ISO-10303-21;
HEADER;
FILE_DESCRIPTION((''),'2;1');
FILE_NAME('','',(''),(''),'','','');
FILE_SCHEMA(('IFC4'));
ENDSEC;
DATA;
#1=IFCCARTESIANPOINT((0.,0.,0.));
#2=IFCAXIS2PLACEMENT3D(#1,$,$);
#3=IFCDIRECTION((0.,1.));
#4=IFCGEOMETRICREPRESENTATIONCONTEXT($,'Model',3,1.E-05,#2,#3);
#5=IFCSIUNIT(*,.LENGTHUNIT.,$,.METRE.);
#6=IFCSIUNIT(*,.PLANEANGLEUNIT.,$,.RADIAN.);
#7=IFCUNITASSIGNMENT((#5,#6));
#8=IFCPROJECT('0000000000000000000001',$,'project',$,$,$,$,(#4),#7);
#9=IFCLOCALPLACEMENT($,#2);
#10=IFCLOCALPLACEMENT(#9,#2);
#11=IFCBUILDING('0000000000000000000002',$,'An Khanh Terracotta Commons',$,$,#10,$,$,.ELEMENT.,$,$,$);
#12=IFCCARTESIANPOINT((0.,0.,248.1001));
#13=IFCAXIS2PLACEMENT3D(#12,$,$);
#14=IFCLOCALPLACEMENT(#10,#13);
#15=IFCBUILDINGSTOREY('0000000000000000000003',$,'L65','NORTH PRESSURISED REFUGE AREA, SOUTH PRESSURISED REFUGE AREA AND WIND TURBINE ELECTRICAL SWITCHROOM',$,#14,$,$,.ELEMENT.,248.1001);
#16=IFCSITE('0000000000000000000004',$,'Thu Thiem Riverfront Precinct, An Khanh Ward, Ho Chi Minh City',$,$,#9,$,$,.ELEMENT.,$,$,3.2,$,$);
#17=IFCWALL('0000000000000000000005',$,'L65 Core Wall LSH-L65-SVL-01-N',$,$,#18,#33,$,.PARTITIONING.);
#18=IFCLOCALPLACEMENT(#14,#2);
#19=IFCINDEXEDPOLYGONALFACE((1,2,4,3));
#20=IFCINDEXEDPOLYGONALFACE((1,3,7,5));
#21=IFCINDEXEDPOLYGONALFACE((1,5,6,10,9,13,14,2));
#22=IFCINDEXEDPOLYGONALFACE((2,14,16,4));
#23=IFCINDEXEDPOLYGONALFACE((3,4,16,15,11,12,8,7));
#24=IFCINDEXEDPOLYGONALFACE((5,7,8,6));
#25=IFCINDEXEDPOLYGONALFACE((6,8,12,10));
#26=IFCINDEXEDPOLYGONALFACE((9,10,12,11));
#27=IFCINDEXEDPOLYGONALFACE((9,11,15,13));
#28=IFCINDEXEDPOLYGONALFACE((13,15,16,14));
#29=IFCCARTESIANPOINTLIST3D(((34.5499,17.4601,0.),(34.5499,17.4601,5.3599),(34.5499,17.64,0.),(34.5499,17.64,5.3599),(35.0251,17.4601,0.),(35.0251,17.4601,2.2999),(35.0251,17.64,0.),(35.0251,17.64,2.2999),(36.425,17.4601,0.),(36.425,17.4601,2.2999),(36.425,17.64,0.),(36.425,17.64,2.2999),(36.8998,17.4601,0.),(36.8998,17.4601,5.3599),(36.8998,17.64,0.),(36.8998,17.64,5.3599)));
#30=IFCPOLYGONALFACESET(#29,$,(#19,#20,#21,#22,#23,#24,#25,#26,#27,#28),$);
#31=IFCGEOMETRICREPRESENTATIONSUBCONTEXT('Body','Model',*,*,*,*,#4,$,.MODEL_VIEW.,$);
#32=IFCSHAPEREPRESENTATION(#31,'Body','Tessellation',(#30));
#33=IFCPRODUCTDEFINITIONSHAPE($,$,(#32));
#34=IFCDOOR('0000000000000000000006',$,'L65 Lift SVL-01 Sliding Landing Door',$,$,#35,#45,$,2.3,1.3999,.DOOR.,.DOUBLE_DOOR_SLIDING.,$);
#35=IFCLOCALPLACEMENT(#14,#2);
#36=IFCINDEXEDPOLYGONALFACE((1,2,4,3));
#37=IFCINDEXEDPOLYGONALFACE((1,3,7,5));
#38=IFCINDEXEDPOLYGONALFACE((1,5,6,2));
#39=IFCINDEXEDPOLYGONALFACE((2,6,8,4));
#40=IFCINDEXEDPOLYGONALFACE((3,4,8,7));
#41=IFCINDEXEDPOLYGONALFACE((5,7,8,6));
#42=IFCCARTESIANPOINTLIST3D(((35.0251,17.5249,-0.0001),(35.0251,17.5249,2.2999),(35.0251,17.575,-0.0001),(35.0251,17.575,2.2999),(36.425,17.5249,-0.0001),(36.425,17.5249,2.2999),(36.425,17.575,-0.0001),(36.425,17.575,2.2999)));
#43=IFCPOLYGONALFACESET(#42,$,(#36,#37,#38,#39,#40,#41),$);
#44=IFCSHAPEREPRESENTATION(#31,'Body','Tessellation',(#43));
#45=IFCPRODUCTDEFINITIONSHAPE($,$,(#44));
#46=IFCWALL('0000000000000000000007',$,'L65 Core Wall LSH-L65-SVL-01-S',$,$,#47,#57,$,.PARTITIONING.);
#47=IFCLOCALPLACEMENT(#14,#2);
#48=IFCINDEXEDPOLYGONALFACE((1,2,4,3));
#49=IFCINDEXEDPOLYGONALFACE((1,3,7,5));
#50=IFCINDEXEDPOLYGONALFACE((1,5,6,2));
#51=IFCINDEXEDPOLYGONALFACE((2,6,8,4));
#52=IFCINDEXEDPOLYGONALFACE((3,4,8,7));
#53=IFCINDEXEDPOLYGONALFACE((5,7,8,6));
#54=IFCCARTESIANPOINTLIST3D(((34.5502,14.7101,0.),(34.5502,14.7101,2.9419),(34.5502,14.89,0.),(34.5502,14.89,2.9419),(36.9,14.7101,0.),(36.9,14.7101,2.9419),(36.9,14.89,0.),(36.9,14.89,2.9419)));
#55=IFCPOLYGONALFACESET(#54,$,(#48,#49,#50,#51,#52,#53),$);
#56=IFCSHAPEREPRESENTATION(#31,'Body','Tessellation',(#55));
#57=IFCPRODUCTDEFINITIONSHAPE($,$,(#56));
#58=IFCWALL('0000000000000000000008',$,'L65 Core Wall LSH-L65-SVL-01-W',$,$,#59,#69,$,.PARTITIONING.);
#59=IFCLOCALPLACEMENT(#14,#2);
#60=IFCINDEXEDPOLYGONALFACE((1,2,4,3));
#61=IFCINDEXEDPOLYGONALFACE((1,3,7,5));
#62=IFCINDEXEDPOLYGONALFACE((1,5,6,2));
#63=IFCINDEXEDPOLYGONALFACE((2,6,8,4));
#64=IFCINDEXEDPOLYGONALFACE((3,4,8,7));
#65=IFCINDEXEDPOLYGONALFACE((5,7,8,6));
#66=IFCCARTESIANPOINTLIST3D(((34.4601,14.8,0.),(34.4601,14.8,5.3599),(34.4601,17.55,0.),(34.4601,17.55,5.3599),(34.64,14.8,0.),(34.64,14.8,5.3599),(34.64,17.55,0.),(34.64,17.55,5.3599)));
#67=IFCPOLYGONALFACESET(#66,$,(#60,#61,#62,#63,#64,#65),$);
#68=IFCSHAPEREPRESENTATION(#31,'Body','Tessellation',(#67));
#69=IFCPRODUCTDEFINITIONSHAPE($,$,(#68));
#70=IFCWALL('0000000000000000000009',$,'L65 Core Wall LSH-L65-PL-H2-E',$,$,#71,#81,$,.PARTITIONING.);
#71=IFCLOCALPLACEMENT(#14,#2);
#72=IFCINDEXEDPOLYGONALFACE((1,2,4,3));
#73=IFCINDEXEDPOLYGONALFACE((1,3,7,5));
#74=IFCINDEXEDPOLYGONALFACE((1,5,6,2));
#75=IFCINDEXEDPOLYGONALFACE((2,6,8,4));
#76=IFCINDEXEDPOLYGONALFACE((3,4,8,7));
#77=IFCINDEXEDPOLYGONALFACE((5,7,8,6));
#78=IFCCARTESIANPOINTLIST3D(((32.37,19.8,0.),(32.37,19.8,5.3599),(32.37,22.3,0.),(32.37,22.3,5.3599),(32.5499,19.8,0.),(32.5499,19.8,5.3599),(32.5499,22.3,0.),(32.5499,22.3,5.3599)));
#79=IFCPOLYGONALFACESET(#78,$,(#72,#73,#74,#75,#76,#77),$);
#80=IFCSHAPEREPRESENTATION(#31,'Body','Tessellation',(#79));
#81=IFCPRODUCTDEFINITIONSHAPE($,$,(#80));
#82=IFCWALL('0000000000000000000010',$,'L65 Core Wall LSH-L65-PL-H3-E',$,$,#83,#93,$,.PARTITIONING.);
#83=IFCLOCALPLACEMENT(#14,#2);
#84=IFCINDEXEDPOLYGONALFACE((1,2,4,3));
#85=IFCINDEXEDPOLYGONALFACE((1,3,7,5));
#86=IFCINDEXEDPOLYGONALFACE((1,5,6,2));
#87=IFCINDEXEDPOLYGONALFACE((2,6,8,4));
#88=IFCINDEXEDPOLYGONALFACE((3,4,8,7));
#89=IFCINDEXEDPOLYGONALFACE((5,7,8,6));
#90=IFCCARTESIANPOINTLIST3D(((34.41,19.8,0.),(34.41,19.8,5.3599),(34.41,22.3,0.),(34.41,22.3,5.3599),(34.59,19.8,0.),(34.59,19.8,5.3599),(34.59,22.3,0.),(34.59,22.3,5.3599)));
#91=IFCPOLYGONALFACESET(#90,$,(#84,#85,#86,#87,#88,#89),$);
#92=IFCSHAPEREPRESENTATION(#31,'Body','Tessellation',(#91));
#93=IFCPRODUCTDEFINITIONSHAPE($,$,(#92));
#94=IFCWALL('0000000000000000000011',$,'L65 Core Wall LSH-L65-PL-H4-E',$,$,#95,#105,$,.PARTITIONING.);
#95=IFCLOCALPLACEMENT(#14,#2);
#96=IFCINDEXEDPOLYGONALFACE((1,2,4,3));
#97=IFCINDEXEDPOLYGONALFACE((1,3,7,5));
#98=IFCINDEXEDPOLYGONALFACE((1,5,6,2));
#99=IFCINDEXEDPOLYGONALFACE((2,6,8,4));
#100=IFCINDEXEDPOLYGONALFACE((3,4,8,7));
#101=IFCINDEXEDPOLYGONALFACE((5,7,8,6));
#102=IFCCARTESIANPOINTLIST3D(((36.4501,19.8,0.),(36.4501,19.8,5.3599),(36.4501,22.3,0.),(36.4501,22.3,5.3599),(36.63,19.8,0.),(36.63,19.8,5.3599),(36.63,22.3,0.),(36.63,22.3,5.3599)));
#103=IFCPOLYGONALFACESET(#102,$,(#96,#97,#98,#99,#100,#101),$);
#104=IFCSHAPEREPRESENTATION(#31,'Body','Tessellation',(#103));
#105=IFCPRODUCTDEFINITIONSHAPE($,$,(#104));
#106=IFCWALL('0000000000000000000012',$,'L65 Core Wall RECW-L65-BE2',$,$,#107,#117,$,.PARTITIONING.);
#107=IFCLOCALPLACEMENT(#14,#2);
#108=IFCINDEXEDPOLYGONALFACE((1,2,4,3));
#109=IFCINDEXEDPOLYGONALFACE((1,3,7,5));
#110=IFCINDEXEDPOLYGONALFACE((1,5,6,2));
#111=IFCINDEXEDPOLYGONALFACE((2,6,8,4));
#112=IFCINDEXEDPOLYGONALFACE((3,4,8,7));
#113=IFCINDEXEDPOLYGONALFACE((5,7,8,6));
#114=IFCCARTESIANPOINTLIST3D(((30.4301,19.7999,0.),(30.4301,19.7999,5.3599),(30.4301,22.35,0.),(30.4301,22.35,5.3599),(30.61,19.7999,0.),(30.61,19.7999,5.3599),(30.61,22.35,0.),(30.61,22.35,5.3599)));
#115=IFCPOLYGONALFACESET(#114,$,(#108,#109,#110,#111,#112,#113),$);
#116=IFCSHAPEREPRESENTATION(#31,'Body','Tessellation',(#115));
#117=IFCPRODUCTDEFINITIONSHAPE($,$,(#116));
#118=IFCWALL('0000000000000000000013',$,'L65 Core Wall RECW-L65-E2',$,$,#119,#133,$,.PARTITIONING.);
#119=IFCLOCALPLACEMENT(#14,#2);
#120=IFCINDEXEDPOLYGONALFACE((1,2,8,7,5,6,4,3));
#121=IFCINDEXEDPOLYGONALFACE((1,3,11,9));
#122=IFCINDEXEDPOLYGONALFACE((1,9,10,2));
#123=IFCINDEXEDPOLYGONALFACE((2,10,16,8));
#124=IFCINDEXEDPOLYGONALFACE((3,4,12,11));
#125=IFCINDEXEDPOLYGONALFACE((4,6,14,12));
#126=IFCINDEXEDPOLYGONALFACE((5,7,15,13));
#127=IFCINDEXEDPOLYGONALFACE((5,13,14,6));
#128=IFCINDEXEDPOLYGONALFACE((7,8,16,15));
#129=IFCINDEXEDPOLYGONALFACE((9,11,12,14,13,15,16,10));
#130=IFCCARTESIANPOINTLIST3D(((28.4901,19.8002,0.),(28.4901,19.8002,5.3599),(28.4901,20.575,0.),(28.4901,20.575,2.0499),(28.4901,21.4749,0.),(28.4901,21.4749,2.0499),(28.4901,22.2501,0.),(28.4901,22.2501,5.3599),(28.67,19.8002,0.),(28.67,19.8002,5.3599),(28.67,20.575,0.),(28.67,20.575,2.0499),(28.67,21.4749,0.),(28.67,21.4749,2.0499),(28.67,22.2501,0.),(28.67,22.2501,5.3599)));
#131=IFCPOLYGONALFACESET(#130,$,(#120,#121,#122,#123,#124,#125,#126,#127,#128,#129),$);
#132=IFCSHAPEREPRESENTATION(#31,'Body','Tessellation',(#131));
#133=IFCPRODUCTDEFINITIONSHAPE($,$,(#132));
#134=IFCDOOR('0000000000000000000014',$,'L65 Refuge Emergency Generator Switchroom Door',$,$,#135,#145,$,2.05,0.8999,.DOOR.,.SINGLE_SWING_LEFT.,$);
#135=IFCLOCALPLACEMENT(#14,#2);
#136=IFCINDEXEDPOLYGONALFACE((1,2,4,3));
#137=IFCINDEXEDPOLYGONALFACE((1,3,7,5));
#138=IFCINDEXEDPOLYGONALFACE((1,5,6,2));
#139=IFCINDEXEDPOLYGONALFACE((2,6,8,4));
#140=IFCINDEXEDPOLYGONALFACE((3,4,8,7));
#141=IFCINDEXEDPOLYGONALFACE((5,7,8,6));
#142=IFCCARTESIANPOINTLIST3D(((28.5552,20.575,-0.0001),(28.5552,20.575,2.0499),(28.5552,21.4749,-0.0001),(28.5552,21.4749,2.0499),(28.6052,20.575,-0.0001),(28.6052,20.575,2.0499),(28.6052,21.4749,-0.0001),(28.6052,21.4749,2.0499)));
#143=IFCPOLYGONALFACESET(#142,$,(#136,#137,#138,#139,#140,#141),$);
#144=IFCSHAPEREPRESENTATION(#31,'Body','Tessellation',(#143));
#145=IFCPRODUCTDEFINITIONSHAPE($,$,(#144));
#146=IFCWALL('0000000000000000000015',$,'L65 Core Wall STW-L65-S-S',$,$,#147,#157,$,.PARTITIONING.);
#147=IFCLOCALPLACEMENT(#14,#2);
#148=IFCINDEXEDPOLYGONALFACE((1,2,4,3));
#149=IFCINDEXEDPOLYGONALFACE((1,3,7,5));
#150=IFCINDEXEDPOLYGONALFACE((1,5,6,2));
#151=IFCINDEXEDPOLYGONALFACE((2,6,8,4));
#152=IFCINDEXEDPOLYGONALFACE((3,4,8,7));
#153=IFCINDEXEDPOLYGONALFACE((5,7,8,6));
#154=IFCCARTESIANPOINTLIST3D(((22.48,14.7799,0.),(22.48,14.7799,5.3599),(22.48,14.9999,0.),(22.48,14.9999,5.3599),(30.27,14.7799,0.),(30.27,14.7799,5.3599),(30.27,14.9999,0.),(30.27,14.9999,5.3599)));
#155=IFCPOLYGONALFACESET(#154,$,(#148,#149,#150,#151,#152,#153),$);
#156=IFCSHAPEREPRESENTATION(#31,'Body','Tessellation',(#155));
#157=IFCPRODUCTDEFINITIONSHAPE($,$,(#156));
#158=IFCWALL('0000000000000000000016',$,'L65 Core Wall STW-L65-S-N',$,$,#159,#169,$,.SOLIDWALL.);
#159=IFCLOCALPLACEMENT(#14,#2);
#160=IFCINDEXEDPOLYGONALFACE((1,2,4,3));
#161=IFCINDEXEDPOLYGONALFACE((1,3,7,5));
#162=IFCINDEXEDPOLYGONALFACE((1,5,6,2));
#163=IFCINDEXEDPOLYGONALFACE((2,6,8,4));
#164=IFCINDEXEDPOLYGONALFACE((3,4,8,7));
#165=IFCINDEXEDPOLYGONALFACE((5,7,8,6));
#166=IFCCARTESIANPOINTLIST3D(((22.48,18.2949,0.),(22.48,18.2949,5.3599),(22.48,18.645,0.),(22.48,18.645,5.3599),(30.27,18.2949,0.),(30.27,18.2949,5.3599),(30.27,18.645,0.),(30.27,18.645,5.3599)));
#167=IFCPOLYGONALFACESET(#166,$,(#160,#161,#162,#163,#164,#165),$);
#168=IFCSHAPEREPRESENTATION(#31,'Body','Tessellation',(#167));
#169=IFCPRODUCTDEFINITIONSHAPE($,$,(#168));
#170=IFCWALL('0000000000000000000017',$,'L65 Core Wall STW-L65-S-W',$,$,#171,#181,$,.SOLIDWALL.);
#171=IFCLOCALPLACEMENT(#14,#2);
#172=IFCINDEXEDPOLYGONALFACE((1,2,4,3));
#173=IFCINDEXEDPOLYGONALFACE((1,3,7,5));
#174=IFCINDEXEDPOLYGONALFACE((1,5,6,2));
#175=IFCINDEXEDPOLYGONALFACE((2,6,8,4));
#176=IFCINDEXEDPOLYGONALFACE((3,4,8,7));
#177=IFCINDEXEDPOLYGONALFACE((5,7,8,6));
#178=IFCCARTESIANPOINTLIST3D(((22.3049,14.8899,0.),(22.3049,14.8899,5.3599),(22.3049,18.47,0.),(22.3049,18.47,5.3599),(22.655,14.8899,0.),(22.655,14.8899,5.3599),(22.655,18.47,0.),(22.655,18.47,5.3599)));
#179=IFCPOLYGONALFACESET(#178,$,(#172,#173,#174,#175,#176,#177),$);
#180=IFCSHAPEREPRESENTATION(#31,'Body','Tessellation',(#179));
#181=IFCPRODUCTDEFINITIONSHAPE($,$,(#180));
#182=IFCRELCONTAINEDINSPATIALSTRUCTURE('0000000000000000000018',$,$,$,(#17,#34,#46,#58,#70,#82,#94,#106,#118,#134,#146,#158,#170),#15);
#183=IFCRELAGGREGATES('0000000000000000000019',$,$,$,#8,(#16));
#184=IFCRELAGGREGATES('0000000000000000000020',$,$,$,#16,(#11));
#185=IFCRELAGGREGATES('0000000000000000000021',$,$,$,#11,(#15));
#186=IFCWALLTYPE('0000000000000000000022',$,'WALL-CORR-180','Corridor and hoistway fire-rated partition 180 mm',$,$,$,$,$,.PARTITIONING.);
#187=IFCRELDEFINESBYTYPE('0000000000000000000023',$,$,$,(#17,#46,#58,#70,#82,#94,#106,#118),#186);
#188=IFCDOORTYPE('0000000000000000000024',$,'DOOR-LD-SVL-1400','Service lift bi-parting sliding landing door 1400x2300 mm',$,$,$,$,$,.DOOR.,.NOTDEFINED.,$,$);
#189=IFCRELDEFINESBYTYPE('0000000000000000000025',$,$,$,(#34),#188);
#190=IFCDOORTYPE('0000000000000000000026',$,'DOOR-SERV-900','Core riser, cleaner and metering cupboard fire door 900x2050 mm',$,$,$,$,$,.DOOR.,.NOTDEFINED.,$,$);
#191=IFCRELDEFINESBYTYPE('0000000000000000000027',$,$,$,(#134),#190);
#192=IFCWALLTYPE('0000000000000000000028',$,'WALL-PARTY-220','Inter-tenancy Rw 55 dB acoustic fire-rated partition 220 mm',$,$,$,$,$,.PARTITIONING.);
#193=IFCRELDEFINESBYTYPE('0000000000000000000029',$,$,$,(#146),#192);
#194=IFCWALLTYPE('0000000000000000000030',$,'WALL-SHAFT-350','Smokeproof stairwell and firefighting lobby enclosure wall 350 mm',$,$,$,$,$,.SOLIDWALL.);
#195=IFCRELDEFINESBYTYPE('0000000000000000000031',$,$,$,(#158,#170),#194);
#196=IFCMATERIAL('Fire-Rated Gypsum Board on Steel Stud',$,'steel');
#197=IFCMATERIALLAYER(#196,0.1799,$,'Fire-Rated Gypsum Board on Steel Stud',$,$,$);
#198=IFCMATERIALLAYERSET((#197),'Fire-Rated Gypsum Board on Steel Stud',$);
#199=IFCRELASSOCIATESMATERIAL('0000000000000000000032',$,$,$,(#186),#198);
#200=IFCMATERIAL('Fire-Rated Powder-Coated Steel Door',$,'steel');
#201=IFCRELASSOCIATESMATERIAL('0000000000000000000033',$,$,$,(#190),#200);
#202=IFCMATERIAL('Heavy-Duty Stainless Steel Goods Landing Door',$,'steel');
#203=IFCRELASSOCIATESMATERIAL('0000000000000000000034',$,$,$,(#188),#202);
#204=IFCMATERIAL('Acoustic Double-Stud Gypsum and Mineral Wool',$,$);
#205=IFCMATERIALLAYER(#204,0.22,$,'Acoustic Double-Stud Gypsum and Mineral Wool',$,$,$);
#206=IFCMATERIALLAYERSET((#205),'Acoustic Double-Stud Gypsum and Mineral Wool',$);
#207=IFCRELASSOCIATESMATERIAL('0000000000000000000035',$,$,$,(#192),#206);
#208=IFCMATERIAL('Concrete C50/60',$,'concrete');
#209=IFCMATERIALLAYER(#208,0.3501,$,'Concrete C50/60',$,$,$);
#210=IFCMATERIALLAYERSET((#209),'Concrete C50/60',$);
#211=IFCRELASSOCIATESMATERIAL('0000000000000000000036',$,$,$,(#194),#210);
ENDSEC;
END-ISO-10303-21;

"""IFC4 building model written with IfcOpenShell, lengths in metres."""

from ifc_helpers import new_model, si_unit, direction, frame, frame_2d, origin, place, context, subcontext, project, spatial, rectangle, extrude, material, layer, layer_set, type_object, element, fill, save


model = new_model("IFC4")

# Units and contexts
model_context = context("Model", 3, precision=1e-05, world=origin(), true_north=direction((0.0, 1.0)))
body_context = subcontext(model_context, "Body", "Model", "MODEL_VIEW")
ifc_project = project(units=[si_unit("LENGTHUNIT", "METRE"), si_unit("PLANEANGLEUNIT", "RADIAN")], contexts=[model_context])

# Site, building, storey
site_placement = place(None, origin())
site = spatial("IfcSite", under=ifc_project, at=site_placement, Name="Thu Thiem Riverfront Precinct, An Khanh Ward, Ho Chi Minh City", CompositionType="ELEMENT", RefElevation=3.2)
building_placement = place(site_placement, origin())
building = spatial("IfcBuilding", under=site, at=building_placement, Name="An Khanh Terracotta Commons", CompositionType="ELEMENT")
storey_placement = place(building_placement, frame((0.0, 0.0, 248.1001)))
storey = spatial("IfcBuildingStorey", under=building, at=storey_placement, Name="L65", Description="NORTH PRESSURISED REFUGE AREA, SOUTH PRESSURISED REFUGE AREA AND WIND TURBINE ELECTRICAL SWITCHROOM", CompositionType="ELEMENT", Elevation=248.1001)

# Shared definitions
ifc_material_1 = material(Name="Fire-Rated Gypsum Board on Steel Stud", Category="steel")
ifc_layer_1 = layer(ifc_material_1, 0.1799, Name="Fire-Rated Gypsum Board on Steel Stud")
ifc_layer_set_1 = layer_set([ifc_layer_1], Name="Fire-Rated Gypsum Board on Steel Stud")
wall_type_1 = type_object("IfcWallType", Name="WALL-CORR-180", Description="Corridor and hoistway fire-rated partition 180 mm", PredefinedType="PARTITIONING", material=ifc_layer_set_1)
ifc_material_2 = material(Name="Fire-Rated Powder-Coated Steel Door", Category="steel")
door_type_1 = type_object("IfcDoorType", Name="DOOR-SERV-900", Description="Core riser, cleaner and metering cupboard fire door 900x2050 mm", OperationType="NOTDEFINED", PredefinedType="DOOR", material=ifc_material_2)

# Wall, opening, door
wall_1_placement = place(storey_placement, frame((34.55, 17.55, 0.0), z_axis=(0.0, 0.0, 1.0), x_axis=(1.0, 0.0, 0.0)))
wall_1 = element("IfcWall", 1, at=wall_1_placement, inside=storey, type_object=wall_type_1, Name="L65 Core Wall LSH-L65-SVL-01-N", PredefinedType="PARTITIONING", context=body_context, shape_type="SweptSolid", body=[
    extrude(rectangle(XDim=2.3499, YDim=0.1799, at=frame_2d((1.1748, 0.0))), origin(), (0.0, 0.0, 1.0), 5.3599),
])
opening_1_placement = place(wall_1_placement, frame((0.4751, 0.0, 0.0)))
opening_1 = element("IfcOpeningElement", 2, at=opening_1_placement, cuts=wall_1, PredefinedType="OPENING", context=body_context, shape_type="SweptSolid", body=[
    extrude(rectangle(XDim=1.3999, YDim=2.3, at=frame_2d((0.7, 1.1499))), frame((0.0, 0.0999, 0.0), z_axis=(0.0, -1.0, 0.0), x_axis=(1.0, 0.0, 0.0)), (0.0, 0.0, 1.0), 0.2),
])
ifc_material_3 = material(Name="Heavy-Duty Stainless Steel Goods Landing Door", Category="steel")
door_type_2 = type_object("IfcDoorType", Name="DOOR-LD-SVL-1400", Description="Service lift bi-parting sliding landing door 1400x2300 mm", OperationType="NOTDEFINED", PredefinedType="DOOR", material=ifc_material_3)
door_1_placement = place(opening_1_placement, origin())
door_1 = element("IfcDoor", 3, at=door_1_placement, inside=storey, type_object=door_type_2, Name="L65 Lift SVL-01 Sliding Landing Door", OperationType="DOUBLE_DOOR_SLIDING", OverallHeight=2.3, OverallWidth=1.3999, PredefinedType="DOOR", context=body_context, shape_type="SweptSolid", body=[
    extrude(rectangle(XDim=1.3999, YDim=2.3, at=frame_2d((0.7, 1.1499))), frame((0.0, 0.0249, 0.0), z_axis=(0.0, -1.0, 0.0), x_axis=(1.0, 0.0, 0.0)), (0.0, 0.0, 1.0), 0.05),
])
fill(opening_1, door_1)

# Walls
wall_2_placement = place(storey_placement, frame((36.8999, 14.8, 0.0), z_axis=(0.0, 0.0, 1.0), x_axis=(-1.0, 0.0, 0.0)))
element("IfcWall", 4, at=wall_2_placement, inside=storey, type_object=wall_type_1, Name="L65 Core Wall LSH-L65-SVL-01-S", PredefinedType="PARTITIONING", context=body_context, shape_type="SweptSolid", body=[
    extrude(rectangle(XDim=2.3499, YDim=0.1799, at=frame_2d((1.1748, 0.0))), origin(), (0.0, 0.0, 1.0), 2.9419),
])
wall_3_placement = place(storey_placement, frame((34.55, 17.55, 0.0), z_axis=(0.0, 0.0, 1.0), x_axis=(0.0, -1.0, 0.0)))
element("IfcWall", 5, at=wall_3_placement, inside=storey, type_object=wall_type_1, Name="L65 Core Wall LSH-L65-SVL-01-W", PredefinedType="PARTITIONING", context=body_context, shape_type="SweptSolid", body=[
    extrude(rectangle(XDim=2.75, YDim=0.1799, at=frame_2d((1.375, 0.0))), origin(), (0.0, 0.0, 1.0), 5.3599),
])
for number, where, z_axis, x_axis, name in (
    (6, (32.46, 19.8, 0.0), (0.0, 0.0, 1.0), (0.0, 1.0, 0.0), "L65 Core Wall LSH-L65-PL-H2-E"),
    (7, (34.5, 19.8, 0.0), (0.0, 0.0, 1.0), (0.0, 1.0, 0.0), "L65 Core Wall LSH-L65-PL-H3-E"),
    (8, (36.54, 19.8, 0.0), (0.0, 0.0, 1.0), (0.0, 1.0, 0.0), "L65 Core Wall LSH-L65-PL-H4-E"),
):
    element("IfcWall", number, at=place(storey_placement, frame(where, z_axis=z_axis, x_axis=x_axis)), inside=storey, type_object=wall_type_1, Name=name, PredefinedType="PARTITIONING", context=body_context, shape_type="SweptSolid", body=[
        extrude(rectangle(XDim=2.5, YDim=0.1799, at=frame_2d((1.25, 0.0))), origin(), (0.0, 0.0, 1.0), 5.3599),
    ])
wall_4_placement = place(storey_placement, frame((30.52, 19.8, 0.0), z_axis=(0.0, 0.0, 1.0), x_axis=(0.0, 1.0, 0.0)))
element("IfcWall", 9, at=wall_4_placement, inside=storey, type_object=wall_type_1, Name="L65 Core Wall RECW-L65-BE2", PredefinedType="PARTITIONING", context=body_context, shape_type="SweptSolid", body=[
    extrude(rectangle(XDim=2.55, YDim=0.1799, at=frame_2d((1.2749, 0.0))), origin(), (0.0, 0.0, 1.0), 5.3599),
])

# Wall, opening, door
wall_5_placement = place(storey_placement, frame((28.5801, 19.8, 0.0), z_axis=(0.0, 0.0, 1.0), x_axis=(0.0, 1.0, 0.0)))
wall_5 = element("IfcWall", 10, at=wall_5_placement, inside=storey, type_object=wall_type_1, Name="L65 Core Wall RECW-L65-E2", PredefinedType="PARTITIONING", context=body_context, shape_type="SweptSolid", body=[
    extrude(rectangle(XDim=2.45, YDim=0.1799, at=frame_2d((1.2251, 0.0))), origin(), (0.0, 0.0, 1.0), 5.3599),
])
opening_2_placement = place(wall_5_placement, frame((0.7749, 0.0, 0.0)))
opening_2 = element("IfcOpeningElement", 11, at=opening_2_placement, cuts=wall_5, PredefinedType="OPENING", context=body_context, shape_type="SweptSolid", body=[
    extrude(rectangle(XDim=0.8999, YDim=2.05, at=frame_2d((0.45, 1.0249))), frame((0.0, 0.0999, 0.0), z_axis=(0.0, -1.0, 0.0), x_axis=(1.0, 0.0, 0.0)), (0.0, 0.0, 1.0), 0.2),
])
door_2_placement = place(opening_2_placement, origin())
door_2 = element("IfcDoor", 12, at=door_2_placement, inside=storey, type_object=door_type_1, Name="L65 Refuge Emergency Generator Switchroom Door", OperationType="SINGLE_SWING_LEFT", OverallHeight=2.05, OverallWidth=0.8999, PredefinedType="DOOR", context=body_context, shape_type="SweptSolid", body=[
    extrude(rectangle(XDim=0.8999, YDim=2.05, at=frame_2d((0.45, 1.0249))), frame((0.0, 0.0249, 0.0), z_axis=(0.0, -1.0, 0.0), x_axis=(1.0, 0.0, 0.0)), (0.0, 0.0, 1.0), 0.05),
])
fill(opening_2, door_2)

# Walls
ifc_material_4 = material(Name="Acoustic Double-Stud Gypsum and Mineral Wool")
ifc_layer_2 = layer(ifc_material_4, 0.22, Name="Acoustic Double-Stud Gypsum and Mineral Wool")
ifc_layer_set_2 = layer_set([ifc_layer_2], Name="Acoustic Double-Stud Gypsum and Mineral Wool")
wall_type_2 = type_object("IfcWallType", Name="WALL-PARTY-220", Description="Inter-tenancy Rw 55 dB acoustic fire-rated partition 220 mm", PredefinedType="PARTITIONING", material=ifc_layer_set_2)
wall_6_placement = place(storey_placement, frame((22.48, 14.8899, 0.0), z_axis=(0.0, 0.0, 1.0), x_axis=(1.0, 0.0, 0.0)))
element("IfcWall", 13, at=wall_6_placement, inside=storey, type_object=wall_type_2, Name="L65 Core Wall STW-L65-S-S", PredefinedType="PARTITIONING", context=body_context, shape_type="SweptSolid", body=[
    extrude(rectangle(XDim=7.79, YDim=0.22, at=frame_2d((3.895, 0.0))), origin(), (0.0, 0.0, 1.0), 5.3599),
])
ifc_material_5 = material(Name="Concrete C50/60", Category="concrete")
ifc_layer_3 = layer(ifc_material_5, 0.3501, Name="Concrete C50/60")
ifc_layer_set_3 = layer_set([ifc_layer_3], Name="Concrete C50/60")
wall_type_3 = type_object("IfcWallType", Name="WALL-SHAFT-350", Description="Smokeproof stairwell and firefighting lobby enclosure wall 350 mm", PredefinedType="SOLIDWALL", material=ifc_layer_set_3)
wall_7_placement = place(storey_placement, frame((22.48, 18.47, 0.0), z_axis=(0.0, 0.0, 1.0), x_axis=(1.0, 0.0, 0.0)))
element("IfcWall", 14, at=wall_7_placement, inside=storey, type_object=wall_type_3, Name="L65 Core Wall STW-L65-S-N", PredefinedType="SOLIDWALL", context=body_context, shape_type="SweptSolid", body=[
    extrude(rectangle(XDim=7.79, YDim=0.3501, at=frame_2d((3.895, 0.0))), origin(), (0.0, 0.0, 1.0), 5.3599),
])
wall_8_placement = place(storey_placement, frame((22.48, 14.8899, 0.0), z_axis=(0.0, 0.0, 1.0), x_axis=(0.0, 1.0, 0.0)))
element("IfcWall", 15, at=wall_8_placement, inside=storey, type_object=wall_type_3, Name="L65 Core Wall STW-L65-S-W", PredefinedType="SOLIDWALL", context=body_context, shape_type="SweptSolid", body=[
    extrude(rectangle(XDim=3.5801, YDim=0.3501, at=frame_2d((1.79, 0.0))), origin(), (0.0, 0.0, 1.0), 5.3599),
])

save(model, "model.ifc")
